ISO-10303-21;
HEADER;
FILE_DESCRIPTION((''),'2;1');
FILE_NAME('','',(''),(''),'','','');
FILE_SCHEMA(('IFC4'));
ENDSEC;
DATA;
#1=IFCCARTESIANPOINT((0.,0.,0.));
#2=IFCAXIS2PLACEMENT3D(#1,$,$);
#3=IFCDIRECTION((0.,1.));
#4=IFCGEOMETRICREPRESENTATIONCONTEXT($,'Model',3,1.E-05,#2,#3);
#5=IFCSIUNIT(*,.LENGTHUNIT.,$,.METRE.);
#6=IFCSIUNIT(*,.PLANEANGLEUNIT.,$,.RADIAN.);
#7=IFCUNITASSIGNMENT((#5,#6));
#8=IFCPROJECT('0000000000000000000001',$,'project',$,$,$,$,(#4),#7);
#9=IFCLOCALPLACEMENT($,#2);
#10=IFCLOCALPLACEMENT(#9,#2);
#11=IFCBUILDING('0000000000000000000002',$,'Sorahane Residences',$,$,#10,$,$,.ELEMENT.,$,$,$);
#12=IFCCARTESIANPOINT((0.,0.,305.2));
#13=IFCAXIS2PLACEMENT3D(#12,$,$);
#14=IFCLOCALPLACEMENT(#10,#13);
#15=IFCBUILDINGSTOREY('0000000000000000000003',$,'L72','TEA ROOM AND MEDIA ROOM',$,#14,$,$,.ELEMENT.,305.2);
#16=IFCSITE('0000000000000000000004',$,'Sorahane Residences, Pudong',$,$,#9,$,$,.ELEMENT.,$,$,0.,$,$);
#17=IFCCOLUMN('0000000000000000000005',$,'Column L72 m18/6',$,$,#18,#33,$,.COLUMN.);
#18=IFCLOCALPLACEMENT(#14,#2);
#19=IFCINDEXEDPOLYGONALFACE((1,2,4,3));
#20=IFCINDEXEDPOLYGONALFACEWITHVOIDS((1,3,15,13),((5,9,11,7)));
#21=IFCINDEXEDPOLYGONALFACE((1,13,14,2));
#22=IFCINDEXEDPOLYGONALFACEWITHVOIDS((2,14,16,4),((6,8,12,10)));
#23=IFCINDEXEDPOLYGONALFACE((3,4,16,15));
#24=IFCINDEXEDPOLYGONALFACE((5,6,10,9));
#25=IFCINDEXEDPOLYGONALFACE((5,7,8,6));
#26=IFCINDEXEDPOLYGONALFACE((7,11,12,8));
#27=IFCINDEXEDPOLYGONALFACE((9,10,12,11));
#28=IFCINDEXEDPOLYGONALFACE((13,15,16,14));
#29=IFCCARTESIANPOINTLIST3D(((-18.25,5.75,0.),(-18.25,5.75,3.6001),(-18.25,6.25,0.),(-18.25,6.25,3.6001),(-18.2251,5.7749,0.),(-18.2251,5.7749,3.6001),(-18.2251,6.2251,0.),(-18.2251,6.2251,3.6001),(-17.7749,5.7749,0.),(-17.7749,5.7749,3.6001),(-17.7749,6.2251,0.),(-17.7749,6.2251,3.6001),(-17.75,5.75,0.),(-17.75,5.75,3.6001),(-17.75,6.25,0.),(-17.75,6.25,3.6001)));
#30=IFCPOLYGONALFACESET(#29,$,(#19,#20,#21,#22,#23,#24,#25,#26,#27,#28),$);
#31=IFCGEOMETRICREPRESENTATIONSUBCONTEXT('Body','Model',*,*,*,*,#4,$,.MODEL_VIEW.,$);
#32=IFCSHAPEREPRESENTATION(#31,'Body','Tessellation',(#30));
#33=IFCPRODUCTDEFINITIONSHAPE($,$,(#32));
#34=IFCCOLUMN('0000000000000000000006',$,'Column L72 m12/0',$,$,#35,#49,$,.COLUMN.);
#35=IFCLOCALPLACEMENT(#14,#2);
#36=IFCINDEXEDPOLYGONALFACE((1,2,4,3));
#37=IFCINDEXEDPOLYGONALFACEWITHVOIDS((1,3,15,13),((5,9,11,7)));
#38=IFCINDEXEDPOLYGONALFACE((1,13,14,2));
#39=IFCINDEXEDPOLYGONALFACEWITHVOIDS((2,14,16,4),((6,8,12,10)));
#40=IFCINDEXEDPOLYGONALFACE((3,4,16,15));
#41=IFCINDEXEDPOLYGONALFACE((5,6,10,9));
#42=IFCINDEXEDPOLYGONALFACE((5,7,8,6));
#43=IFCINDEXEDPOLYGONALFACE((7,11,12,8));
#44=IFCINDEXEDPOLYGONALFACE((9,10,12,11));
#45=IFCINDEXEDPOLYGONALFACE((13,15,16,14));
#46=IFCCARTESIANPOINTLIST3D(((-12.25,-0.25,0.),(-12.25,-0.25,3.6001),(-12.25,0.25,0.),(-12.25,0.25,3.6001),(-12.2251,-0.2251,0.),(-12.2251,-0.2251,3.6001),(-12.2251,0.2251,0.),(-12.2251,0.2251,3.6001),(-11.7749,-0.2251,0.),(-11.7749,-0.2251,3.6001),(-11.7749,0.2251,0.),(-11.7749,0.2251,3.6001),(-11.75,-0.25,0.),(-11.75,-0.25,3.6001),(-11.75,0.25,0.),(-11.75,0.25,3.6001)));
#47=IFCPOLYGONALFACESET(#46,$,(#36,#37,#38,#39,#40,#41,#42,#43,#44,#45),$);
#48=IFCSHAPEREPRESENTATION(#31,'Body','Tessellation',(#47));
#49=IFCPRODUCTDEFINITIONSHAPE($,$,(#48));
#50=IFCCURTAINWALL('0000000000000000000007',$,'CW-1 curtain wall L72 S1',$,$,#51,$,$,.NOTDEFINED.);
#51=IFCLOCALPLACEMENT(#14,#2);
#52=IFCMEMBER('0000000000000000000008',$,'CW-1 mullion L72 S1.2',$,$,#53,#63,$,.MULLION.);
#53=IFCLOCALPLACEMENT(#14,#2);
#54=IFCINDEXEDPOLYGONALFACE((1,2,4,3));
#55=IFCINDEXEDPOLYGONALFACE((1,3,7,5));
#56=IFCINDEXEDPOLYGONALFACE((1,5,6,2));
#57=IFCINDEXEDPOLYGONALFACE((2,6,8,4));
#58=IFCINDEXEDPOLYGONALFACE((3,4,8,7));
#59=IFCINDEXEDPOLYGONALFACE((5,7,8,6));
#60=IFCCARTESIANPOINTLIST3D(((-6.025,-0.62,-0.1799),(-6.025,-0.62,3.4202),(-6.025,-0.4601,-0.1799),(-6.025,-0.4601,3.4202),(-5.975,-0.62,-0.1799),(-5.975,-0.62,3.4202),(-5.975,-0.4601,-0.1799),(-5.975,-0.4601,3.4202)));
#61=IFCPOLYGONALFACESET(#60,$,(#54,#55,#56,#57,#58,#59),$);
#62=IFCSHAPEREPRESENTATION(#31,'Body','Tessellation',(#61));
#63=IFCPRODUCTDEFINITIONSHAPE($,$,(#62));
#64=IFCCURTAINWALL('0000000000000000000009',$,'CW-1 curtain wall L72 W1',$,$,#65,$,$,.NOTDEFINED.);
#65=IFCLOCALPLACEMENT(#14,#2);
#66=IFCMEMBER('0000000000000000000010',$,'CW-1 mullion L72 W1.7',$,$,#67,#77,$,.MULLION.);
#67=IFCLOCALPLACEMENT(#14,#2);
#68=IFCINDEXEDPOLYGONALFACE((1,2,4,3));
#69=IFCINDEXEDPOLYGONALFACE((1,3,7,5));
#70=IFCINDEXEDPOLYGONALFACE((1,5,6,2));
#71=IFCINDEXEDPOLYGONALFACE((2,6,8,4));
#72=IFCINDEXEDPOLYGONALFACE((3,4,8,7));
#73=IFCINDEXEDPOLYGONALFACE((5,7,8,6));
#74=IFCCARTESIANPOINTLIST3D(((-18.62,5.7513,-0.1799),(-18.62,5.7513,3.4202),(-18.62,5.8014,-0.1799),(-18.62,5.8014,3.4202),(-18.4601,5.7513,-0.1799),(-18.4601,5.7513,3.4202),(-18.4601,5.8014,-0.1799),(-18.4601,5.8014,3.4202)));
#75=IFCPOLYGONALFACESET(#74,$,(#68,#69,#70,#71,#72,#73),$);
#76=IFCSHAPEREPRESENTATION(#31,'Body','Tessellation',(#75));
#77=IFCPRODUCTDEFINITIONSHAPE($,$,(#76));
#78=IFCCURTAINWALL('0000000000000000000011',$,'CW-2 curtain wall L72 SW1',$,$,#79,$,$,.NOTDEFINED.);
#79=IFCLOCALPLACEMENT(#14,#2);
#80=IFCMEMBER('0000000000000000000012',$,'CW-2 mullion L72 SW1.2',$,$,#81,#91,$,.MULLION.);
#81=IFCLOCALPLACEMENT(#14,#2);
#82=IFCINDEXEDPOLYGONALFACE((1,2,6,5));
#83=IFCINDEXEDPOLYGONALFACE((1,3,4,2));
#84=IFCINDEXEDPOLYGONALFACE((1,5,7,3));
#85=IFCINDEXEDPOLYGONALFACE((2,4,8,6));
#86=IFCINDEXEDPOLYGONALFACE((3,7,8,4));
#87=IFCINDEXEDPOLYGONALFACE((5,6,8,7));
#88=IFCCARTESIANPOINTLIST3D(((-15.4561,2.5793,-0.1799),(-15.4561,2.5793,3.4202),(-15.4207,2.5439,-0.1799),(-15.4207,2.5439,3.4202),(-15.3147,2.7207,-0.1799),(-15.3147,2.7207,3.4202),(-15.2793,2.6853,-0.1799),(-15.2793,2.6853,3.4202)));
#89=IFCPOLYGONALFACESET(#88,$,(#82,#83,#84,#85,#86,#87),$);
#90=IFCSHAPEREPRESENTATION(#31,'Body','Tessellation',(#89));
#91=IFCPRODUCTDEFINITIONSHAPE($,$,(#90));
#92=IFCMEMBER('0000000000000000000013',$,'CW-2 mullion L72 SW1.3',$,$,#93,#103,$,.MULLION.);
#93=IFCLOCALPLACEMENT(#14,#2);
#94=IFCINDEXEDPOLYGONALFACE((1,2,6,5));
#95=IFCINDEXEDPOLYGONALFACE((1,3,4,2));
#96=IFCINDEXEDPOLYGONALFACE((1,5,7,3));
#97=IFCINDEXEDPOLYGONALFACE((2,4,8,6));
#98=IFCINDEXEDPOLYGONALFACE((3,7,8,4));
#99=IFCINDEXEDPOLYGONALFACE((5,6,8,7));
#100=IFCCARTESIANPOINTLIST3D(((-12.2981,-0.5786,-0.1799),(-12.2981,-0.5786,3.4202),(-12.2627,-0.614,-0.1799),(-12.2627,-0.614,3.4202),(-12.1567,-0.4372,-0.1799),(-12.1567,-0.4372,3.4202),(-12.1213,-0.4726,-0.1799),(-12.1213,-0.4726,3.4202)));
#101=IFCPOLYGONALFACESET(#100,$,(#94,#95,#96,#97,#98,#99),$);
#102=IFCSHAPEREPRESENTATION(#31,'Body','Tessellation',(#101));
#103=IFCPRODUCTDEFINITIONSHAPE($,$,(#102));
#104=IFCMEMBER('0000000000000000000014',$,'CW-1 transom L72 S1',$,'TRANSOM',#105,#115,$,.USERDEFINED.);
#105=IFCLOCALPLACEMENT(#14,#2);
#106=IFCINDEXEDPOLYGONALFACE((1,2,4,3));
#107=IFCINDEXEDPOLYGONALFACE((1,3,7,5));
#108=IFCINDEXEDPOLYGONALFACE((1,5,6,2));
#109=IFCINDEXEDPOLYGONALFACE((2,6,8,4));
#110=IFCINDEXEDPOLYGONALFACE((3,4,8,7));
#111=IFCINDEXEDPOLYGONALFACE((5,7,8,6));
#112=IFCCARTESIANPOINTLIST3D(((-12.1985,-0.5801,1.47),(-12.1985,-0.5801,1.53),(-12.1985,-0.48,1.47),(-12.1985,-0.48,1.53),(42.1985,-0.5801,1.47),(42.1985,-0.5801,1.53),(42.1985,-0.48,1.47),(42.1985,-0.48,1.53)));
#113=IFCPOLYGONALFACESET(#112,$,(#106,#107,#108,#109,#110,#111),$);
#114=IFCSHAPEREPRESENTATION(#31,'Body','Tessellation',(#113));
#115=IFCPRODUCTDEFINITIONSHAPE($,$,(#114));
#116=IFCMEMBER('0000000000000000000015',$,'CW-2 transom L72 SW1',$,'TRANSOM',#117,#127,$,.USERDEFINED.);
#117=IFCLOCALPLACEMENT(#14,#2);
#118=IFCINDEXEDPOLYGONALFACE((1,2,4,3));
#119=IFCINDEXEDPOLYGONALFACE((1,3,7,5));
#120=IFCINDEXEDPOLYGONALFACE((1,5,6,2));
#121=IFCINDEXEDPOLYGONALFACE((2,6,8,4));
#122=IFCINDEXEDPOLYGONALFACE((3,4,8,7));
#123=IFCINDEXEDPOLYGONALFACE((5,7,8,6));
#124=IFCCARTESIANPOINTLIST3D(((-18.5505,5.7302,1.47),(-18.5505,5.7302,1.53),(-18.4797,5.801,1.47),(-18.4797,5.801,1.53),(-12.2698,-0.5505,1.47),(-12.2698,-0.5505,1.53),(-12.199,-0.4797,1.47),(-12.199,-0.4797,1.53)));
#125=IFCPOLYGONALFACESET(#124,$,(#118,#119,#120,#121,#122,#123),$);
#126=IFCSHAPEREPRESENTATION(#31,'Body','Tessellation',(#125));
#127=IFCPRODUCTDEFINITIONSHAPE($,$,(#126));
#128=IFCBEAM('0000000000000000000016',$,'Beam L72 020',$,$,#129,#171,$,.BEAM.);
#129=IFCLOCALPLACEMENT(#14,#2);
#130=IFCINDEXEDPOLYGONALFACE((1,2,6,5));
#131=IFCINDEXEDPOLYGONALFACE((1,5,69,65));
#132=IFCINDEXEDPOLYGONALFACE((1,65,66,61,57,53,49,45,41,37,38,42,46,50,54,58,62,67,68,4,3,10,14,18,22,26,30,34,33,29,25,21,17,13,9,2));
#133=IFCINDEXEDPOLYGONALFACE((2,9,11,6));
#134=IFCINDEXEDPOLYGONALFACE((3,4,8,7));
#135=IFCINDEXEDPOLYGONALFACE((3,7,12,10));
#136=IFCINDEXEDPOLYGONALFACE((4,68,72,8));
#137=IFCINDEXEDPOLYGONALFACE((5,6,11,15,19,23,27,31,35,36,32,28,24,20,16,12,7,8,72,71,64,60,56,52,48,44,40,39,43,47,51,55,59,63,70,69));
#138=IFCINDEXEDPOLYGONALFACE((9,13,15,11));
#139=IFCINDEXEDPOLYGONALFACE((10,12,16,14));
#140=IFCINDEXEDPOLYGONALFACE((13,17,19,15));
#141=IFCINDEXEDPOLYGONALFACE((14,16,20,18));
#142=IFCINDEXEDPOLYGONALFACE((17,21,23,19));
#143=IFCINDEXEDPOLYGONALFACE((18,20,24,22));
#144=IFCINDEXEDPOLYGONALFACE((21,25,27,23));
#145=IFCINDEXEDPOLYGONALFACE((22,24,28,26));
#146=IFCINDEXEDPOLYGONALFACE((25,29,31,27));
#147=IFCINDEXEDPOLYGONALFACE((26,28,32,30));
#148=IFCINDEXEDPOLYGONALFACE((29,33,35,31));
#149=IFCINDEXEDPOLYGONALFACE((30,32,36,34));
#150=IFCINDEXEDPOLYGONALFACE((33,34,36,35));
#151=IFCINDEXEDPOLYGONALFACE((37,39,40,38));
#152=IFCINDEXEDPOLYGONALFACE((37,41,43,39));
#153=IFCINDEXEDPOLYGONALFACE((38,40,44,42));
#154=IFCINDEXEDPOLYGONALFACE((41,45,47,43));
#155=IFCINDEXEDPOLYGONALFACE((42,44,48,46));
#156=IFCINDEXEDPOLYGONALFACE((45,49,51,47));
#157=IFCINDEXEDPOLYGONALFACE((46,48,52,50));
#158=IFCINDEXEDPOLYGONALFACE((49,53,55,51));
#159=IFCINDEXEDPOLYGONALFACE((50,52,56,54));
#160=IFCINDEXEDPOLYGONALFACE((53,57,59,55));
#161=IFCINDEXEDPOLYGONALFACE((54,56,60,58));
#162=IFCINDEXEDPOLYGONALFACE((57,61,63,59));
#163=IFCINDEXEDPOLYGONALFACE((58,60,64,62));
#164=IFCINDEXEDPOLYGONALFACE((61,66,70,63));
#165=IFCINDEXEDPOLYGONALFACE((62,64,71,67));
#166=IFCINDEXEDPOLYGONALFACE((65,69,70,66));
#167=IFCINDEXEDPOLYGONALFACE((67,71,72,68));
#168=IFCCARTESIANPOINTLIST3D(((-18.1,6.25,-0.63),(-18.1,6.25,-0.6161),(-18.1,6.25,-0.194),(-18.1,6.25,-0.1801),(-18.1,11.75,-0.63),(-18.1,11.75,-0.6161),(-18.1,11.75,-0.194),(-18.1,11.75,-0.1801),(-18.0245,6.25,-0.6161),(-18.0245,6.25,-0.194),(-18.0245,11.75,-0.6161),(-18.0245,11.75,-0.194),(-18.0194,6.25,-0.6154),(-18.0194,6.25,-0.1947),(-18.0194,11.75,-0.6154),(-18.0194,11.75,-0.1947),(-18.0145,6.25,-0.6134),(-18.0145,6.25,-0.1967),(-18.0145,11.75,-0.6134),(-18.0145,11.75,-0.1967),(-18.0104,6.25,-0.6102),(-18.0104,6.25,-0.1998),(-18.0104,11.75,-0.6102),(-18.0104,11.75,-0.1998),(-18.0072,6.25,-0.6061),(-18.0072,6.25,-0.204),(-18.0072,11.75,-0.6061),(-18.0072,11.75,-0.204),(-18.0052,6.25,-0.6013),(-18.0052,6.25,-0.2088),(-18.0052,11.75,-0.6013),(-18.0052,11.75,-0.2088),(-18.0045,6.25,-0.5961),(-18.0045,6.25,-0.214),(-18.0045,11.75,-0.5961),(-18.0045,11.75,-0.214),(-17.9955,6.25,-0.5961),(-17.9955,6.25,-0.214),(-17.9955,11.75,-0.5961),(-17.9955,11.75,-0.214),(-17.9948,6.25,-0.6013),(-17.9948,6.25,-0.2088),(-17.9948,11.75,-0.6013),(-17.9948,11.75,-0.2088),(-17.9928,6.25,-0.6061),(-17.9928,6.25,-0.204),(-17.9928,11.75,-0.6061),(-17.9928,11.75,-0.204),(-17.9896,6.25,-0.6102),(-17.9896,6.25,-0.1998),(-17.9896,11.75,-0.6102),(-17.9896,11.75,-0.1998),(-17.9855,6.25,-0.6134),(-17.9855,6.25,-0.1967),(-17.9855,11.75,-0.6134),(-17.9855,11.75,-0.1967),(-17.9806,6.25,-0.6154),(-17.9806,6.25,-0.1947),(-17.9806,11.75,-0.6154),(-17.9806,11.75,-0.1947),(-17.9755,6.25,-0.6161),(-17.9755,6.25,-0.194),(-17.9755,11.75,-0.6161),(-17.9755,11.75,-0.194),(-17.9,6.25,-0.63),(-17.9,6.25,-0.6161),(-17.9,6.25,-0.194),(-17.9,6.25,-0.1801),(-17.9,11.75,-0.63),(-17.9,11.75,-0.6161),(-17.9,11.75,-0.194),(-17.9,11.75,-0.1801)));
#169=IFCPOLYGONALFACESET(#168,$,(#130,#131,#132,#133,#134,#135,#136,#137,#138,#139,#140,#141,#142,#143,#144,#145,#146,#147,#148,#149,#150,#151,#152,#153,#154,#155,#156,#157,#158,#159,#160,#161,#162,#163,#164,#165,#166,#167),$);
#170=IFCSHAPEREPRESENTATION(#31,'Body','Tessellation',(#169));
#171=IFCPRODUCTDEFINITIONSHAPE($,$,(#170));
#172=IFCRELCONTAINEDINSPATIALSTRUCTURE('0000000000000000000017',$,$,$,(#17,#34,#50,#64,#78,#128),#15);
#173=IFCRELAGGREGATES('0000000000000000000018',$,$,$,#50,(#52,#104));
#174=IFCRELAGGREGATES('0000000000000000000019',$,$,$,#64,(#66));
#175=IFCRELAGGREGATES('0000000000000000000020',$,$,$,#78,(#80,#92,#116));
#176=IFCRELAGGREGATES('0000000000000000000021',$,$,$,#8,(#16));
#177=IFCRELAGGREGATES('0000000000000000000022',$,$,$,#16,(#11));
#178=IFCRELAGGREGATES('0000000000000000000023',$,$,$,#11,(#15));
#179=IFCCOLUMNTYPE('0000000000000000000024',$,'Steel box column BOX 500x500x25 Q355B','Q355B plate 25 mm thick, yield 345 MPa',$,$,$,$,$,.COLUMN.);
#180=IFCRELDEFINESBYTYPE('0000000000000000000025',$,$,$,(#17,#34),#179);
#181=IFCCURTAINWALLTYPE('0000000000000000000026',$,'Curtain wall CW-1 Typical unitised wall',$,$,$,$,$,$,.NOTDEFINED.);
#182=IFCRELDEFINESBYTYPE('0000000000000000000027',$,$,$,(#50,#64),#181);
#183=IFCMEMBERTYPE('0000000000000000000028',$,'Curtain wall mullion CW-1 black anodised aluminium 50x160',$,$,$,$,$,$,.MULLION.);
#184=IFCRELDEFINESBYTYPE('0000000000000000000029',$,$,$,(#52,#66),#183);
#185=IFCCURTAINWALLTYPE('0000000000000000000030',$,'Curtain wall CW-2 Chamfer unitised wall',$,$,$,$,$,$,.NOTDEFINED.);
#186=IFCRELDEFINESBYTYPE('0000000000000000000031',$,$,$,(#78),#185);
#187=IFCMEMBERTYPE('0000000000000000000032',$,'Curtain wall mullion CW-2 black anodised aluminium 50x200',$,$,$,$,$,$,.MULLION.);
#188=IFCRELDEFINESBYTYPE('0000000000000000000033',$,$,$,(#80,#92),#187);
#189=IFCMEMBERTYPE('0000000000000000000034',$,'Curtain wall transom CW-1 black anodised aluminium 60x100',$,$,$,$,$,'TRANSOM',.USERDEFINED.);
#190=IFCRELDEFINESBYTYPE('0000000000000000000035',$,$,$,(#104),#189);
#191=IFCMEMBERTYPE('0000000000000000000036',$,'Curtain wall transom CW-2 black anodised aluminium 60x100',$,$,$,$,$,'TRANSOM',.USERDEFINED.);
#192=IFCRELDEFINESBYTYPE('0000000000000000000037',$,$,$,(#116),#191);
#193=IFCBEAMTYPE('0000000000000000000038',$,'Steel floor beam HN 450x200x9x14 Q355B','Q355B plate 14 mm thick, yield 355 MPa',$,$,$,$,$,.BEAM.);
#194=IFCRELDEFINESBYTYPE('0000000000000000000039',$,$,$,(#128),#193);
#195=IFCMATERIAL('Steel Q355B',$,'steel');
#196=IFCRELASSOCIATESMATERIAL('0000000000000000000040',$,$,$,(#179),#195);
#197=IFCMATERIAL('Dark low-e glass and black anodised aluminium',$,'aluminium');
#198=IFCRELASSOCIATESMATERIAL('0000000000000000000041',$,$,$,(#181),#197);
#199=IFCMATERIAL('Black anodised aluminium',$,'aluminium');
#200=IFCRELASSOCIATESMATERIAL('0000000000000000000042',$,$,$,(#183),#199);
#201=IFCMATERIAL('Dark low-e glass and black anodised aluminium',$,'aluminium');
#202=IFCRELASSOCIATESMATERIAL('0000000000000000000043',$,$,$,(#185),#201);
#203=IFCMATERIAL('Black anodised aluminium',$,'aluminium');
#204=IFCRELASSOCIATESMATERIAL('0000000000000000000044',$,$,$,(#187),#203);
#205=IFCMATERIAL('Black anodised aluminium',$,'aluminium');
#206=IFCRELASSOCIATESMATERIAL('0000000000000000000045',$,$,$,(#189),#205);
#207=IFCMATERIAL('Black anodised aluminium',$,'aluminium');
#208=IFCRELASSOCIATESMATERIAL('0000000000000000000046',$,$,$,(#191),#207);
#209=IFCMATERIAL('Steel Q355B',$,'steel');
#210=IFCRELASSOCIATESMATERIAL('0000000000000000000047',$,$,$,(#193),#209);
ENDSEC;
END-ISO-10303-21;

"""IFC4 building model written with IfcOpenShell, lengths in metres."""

from ifc_helpers import new_model, si_unit, direction, frame, origin, origin_2d, place, context, subcontext, project, spatial, rectangle, hollow_rectangle, i_section, extrude, material, material_profile, profile_set, type_object, element, aggregate, save


model = new_model("IFC4")

# Units and contexts
model_context = context("Model", 3, precision=1e-05, world=origin(), true_north=direction((0.0, 1.0)))
body_context = subcontext(model_context, "Body", "Model", "MODEL_VIEW")
ifc_project = project(units=[si_unit("LENGTHUNIT", "METRE"), si_unit("PLANEANGLEUNIT", "RADIAN")], contexts=[model_context])

# Site, building, storey
site_placement = place(None, origin())
site = spatial("IfcSite", under=ifc_project, at=site_placement, Name="Sorahane Residences, Pudong", CompositionType="ELEMENT", RefElevation=0.0)
building_placement = place(site_placement, origin())
building = spatial("IfcBuilding", under=site, at=building_placement, Name="Sorahane Residences", CompositionType="ELEMENT")
storey_placement = place(building_placement, frame((0.0, 0.0, 305.2)))
storey = spatial("IfcBuildingStorey", under=building, at=storey_placement, Name="L72", Description="TEA ROOM AND MEDIA ROOM", CompositionType="ELEMENT", Elevation=305.2)

# Columns
ifc_material_1 = material(Name="Steel Q355B", Category="steel")
ifc_material_profile_1 = material_profile(ifc_material_1, hollow_rectangle(XDim=0.5, YDim=0.5, WallThickness=0.0249, at=origin_2d()), Name="BOX 500x500x25")
ifc_profile_set_1 = profile_set([ifc_material_profile_1], Name="Steel Q355B")
column_type = type_object("IfcColumnType", Name="Steel box column BOX 500x500x25 Q355B", Description="Q355B plate 25 mm thick, yield 345 MPa", PredefinedType="COLUMN", material=ifc_profile_set_1)
for number, where, z_axis, x_axis, name in (
    (1, (-18.0, 6.0, 0.0), (0.0, 0.0, 1.0), (1.0, 0.0, 0.0), "Column L72 m18/6"),
    (2, (-12.0, 0.0, 0.0), (0.0, 0.0, 1.0), (1.0, 0.0, 0.0), "Column L72 m12/0"),
):
    element("IfcColumn", number, at=place(storey_placement, frame(where, z_axis=z_axis, x_axis=x_axis)), inside=storey, type_object=column_type, Name=name, PredefinedType="COLUMN", context=body_context, shape_type="SweptSolid", body=[
        extrude(hollow_rectangle(XDim=0.5, YDim=0.5, WallThickness=0.0249, at=origin_2d()), origin(), (0.0, 0.0, 1.0), 3.6001),
    ])

# Curtain walls, members
ifc_material_2 = material(Name="Dark low-e glass and black anodised aluminium", Category="aluminium")
curtain_wall_type_1 = type_object("IfcCurtainWallType", Name="Curtain wall CW-1 Typical unitised wall", PredefinedType="NOTDEFINED", material=ifc_material_2)
curtain_wall_1_placement = place(storey_placement, origin())
curtain_wall_1 = element("IfcCurtainWall", 3, at=curtain_wall_1_placement, inside=storey, type_object=curtain_wall_type_1, Name="CW-1 curtain wall L72 S1", PredefinedType="NOTDEFINED")
ifc_material_3 = material(Name="Black anodised aluminium", Category="aluminium")
ifc_material_profile_2 = material_profile(ifc_material_3, rectangle(XDim=0.1599, YDim=0.05, at=origin_2d()), Name="Curtain wall mullion CW-1 black anodised aluminium 50x160")
ifc_profile_set_2 = profile_set([ifc_material_profile_2], Name="Black anodised aluminium")
member_type_1 = type_object("IfcMemberType", Name="Curtain wall mullion CW-1 black anodised aluminium 50x160", PredefinedType="MULLION", material=ifc_profile_set_2)
member_1_placement = place(storey_placement, frame((-6.0, -0.54, -0.1799), z_axis=(0.0, 0.0, 1.0), x_axis=(0.0, -1.0, 0.0)))
member_1 = element("IfcMember", 4, at=member_1_placement, type_object=member_type_1, Name="CW-1 mullion L72 S1.2", PredefinedType="MULLION", context=body_context, shape_type="SweptSolid", body=[
    extrude(rectangle(XDim=0.1599, YDim=0.05, at=origin_2d()), origin(), (0.0, 0.0, 1.0), 3.6001),
])
curtain_wall_2_placement = place(storey_placement, origin())
curtain_wall_2 = element("IfcCurtainWall", 5, at=curtain_wall_2_placement, inside=storey, type_object=curtain_wall_type_1, Name="CW-1 curtain wall L72 W1", PredefinedType="NOTDEFINED")
member_2_placement = place(storey_placement, frame((-18.54, 5.7764, -0.1799), z_axis=(0.0, 0.0, 1.0), x_axis=(-1.0, 0.0, 0.0)))
member_2 = element("IfcMember", 6, at=member_2_placement, type_object=member_type_1, Name="CW-1 mullion L72 W1.7", PredefinedType="MULLION", context=body_context, shape_type="SweptSolid", body=[
    extrude(rectangle(XDim=0.1599, YDim=0.05, at=origin_2d()), origin(), (0.0, 0.0, 1.0), 3.6001),
])

# Curtain wall, members
ifc_material_4 = material(Name="Dark low-e glass and black anodised aluminium", Category="aluminium")
curtain_wall_type_2 = type_object("IfcCurtainWallType", Name="Curtain wall CW-2 Chamfer unitised wall", PredefinedType="NOTDEFINED", material=ifc_material_4)
curtain_wall_3_placement = place(storey_placement, origin())
curtain_wall_3 = element("IfcCurtainWall", 7, at=curtain_wall_3_placement, inside=storey, type_object=curtain_wall_type_2, Name="CW-2 curtain wall L72 SW1", PredefinedType="NOTDEFINED")
ifc_material_5 = material(Name="Black anodised aluminium", Category="aluminium")
ifc_material_profile_3 = material_profile(ifc_material_5, rectangle(XDim=0.2, YDim=0.05, at=origin_2d()), Name="Curtain wall mullion CW-2 black anodised aluminium 50x200")
ifc_profile_set_3 = profile_set([ifc_material_profile_3], Name="Black anodised aluminium")
member_type_2 = type_object("IfcMemberType", Name="Curtain wall mullion CW-2 black anodised aluminium 50x200", PredefinedType="MULLION", material=ifc_profile_set_3)
member_3_placement = place(storey_placement, frame((-15.3677, 2.6323, -0.1799), z_axis=(0.0, 0.0, 1.0), x_axis=(-0.707107, -0.707107, 0.0)))
member_3 = element("IfcMember", 8, at=member_3_placement, type_object=member_type_2, Name="CW-2 mullion L72 SW1.2", PredefinedType="MULLION", context=body_context, shape_type="SweptSolid", body=[
    extrude(rectangle(XDim=0.2, YDim=0.05, at=origin_2d()), origin(), (0.0, 0.0, 1.0), 3.6001),
])
member_4_placement = place(storey_placement, frame((-12.2097, -0.5256, -0.1799), z_axis=(0.0, 0.0, 1.0), x_axis=(-0.707107, -0.707107, 0.0)))
member_4 = element("IfcMember", 9, at=member_4_placement, type_object=member_type_2, Name="CW-2 mullion L72 SW1.3", PredefinedType="MULLION", context=body_context, shape_type="SweptSolid", body=[
    extrude(rectangle(XDim=0.2, YDim=0.05, at=origin_2d()), origin(), (0.0, 0.0, 1.0), 3.6001),
])

# Members
ifc_material_6 = material(Name="Black anodised aluminium", Category="aluminium")
ifc_material_profile_4 = material_profile(ifc_material_6, rectangle(XDim=0.1001, YDim=0.0601, at=origin_2d()), Name="Curtain wall transom CW-1 black anodised aluminium 60x100")
ifc_profile_set_4 = profile_set([ifc_material_profile_4], Name="Black anodised aluminium")
member_type_3 = type_object("IfcMemberType", Name="Curtain wall transom CW-1 black anodised aluminium 60x100", ElementType="TRANSOM", PredefinedType="USERDEFINED", material=ifc_profile_set_4)
member_5_placement = place(storey_placement, frame((-12.1985, -0.53, 1.5), z_axis=(1.0, 0.0, 0.0), x_axis=(0.0, 1.0, 0.0)))
member_5 = element("IfcMember", 10, at=member_5_placement, type_object=member_type_3, Name="CW-1 transom L72 S1", ObjectType="TRANSOM", PredefinedType="USERDEFINED", context=body_context, shape_type="SweptSolid", body=[
    extrude(rectangle(XDim=0.1001, YDim=0.0601, at=origin_2d()), origin(), (0.0, 0.0, 1.0), 54.397),
])
ifc_material_7 = material(Name="Black anodised aluminium", Category="aluminium")
ifc_material_profile_5 = material_profile(ifc_material_7, rectangle(XDim=0.1001, YDim=0.0601, at=origin_2d()), Name="Curtain wall transom CW-2 black anodised aluminium 60x100")
ifc_profile_set_5 = profile_set([ifc_material_profile_5], Name="Black anodised aluminium")
member_type_4 = type_object("IfcMemberType", Name="Curtain wall transom CW-2 black anodised aluminium 60x100", ElementType="TRANSOM", PredefinedType="USERDEFINED", material=ifc_profile_set_5)
member_6_placement = place(storey_placement, frame((-18.5151, 5.7656, 1.5), z_axis=(0.707107, -0.707107, 0.0), x_axis=(0.707107, 0.707107, 0.0)))
member_6 = element("IfcMember", 11, at=member_6_placement, type_object=member_type_4, Name="CW-2 transom L72 SW1", ObjectType="TRANSOM", PredefinedType="USERDEFINED", context=body_context, shape_type="SweptSolid", body=[
    extrude(rectangle(XDim=0.1001, YDim=0.0601, at=origin_2d()), origin(), (0.0, 0.0, 1.0), 8.8823),
])

# Beam
ifc_material_8 = material(Name="Steel Q355B", Category="steel")
ifc_material_profile_6 = material_profile(ifc_material_8, i_section(OverallWidth=0.2, OverallDepth=0.45, WebThickness=0.009, FlangeThickness=0.0139, FilletRadius=0.02, at=origin_2d()), Name="HN 450x200x9x14")
ifc_profile_set_6 = profile_set([ifc_material_profile_6], Name="Steel Q355B")
beam_type_1 = type_object("IfcBeamType", Name="Steel floor beam HN 450x200x9x14 Q355B", Description="Q355B plate 14 mm thick, yield 355 MPa", PredefinedType="BEAM", material=ifc_profile_set_6)
beam_1_placement = place(storey_placement, frame((-18.0, 6.25, -0.405), z_axis=(0.0, 1.0, 0.0), x_axis=(-1.0, 0.0, 0.0)))
element("IfcBeam", 12, at=beam_1_placement, inside=storey, type_object=beam_type_1, Name="Beam L72 020", PredefinedType="BEAM", context=body_context, shape_type="SweptSolid", body=[
    extrude(i_section(OverallWidth=0.2, OverallDepth=0.45, WebThickness=0.009, FlangeThickness=0.0139, FilletRadius=0.02, at=origin_2d()), origin(), (0.0, 0.0, 1.0), 5.5),
])

aggregate(curtain_wall_1, [member_1, member_5])
aggregate(curtain_wall_2, [member_2])
aggregate(curtain_wall_3, [member_3, member_4, member_6])

save(model, "model.ifc")
